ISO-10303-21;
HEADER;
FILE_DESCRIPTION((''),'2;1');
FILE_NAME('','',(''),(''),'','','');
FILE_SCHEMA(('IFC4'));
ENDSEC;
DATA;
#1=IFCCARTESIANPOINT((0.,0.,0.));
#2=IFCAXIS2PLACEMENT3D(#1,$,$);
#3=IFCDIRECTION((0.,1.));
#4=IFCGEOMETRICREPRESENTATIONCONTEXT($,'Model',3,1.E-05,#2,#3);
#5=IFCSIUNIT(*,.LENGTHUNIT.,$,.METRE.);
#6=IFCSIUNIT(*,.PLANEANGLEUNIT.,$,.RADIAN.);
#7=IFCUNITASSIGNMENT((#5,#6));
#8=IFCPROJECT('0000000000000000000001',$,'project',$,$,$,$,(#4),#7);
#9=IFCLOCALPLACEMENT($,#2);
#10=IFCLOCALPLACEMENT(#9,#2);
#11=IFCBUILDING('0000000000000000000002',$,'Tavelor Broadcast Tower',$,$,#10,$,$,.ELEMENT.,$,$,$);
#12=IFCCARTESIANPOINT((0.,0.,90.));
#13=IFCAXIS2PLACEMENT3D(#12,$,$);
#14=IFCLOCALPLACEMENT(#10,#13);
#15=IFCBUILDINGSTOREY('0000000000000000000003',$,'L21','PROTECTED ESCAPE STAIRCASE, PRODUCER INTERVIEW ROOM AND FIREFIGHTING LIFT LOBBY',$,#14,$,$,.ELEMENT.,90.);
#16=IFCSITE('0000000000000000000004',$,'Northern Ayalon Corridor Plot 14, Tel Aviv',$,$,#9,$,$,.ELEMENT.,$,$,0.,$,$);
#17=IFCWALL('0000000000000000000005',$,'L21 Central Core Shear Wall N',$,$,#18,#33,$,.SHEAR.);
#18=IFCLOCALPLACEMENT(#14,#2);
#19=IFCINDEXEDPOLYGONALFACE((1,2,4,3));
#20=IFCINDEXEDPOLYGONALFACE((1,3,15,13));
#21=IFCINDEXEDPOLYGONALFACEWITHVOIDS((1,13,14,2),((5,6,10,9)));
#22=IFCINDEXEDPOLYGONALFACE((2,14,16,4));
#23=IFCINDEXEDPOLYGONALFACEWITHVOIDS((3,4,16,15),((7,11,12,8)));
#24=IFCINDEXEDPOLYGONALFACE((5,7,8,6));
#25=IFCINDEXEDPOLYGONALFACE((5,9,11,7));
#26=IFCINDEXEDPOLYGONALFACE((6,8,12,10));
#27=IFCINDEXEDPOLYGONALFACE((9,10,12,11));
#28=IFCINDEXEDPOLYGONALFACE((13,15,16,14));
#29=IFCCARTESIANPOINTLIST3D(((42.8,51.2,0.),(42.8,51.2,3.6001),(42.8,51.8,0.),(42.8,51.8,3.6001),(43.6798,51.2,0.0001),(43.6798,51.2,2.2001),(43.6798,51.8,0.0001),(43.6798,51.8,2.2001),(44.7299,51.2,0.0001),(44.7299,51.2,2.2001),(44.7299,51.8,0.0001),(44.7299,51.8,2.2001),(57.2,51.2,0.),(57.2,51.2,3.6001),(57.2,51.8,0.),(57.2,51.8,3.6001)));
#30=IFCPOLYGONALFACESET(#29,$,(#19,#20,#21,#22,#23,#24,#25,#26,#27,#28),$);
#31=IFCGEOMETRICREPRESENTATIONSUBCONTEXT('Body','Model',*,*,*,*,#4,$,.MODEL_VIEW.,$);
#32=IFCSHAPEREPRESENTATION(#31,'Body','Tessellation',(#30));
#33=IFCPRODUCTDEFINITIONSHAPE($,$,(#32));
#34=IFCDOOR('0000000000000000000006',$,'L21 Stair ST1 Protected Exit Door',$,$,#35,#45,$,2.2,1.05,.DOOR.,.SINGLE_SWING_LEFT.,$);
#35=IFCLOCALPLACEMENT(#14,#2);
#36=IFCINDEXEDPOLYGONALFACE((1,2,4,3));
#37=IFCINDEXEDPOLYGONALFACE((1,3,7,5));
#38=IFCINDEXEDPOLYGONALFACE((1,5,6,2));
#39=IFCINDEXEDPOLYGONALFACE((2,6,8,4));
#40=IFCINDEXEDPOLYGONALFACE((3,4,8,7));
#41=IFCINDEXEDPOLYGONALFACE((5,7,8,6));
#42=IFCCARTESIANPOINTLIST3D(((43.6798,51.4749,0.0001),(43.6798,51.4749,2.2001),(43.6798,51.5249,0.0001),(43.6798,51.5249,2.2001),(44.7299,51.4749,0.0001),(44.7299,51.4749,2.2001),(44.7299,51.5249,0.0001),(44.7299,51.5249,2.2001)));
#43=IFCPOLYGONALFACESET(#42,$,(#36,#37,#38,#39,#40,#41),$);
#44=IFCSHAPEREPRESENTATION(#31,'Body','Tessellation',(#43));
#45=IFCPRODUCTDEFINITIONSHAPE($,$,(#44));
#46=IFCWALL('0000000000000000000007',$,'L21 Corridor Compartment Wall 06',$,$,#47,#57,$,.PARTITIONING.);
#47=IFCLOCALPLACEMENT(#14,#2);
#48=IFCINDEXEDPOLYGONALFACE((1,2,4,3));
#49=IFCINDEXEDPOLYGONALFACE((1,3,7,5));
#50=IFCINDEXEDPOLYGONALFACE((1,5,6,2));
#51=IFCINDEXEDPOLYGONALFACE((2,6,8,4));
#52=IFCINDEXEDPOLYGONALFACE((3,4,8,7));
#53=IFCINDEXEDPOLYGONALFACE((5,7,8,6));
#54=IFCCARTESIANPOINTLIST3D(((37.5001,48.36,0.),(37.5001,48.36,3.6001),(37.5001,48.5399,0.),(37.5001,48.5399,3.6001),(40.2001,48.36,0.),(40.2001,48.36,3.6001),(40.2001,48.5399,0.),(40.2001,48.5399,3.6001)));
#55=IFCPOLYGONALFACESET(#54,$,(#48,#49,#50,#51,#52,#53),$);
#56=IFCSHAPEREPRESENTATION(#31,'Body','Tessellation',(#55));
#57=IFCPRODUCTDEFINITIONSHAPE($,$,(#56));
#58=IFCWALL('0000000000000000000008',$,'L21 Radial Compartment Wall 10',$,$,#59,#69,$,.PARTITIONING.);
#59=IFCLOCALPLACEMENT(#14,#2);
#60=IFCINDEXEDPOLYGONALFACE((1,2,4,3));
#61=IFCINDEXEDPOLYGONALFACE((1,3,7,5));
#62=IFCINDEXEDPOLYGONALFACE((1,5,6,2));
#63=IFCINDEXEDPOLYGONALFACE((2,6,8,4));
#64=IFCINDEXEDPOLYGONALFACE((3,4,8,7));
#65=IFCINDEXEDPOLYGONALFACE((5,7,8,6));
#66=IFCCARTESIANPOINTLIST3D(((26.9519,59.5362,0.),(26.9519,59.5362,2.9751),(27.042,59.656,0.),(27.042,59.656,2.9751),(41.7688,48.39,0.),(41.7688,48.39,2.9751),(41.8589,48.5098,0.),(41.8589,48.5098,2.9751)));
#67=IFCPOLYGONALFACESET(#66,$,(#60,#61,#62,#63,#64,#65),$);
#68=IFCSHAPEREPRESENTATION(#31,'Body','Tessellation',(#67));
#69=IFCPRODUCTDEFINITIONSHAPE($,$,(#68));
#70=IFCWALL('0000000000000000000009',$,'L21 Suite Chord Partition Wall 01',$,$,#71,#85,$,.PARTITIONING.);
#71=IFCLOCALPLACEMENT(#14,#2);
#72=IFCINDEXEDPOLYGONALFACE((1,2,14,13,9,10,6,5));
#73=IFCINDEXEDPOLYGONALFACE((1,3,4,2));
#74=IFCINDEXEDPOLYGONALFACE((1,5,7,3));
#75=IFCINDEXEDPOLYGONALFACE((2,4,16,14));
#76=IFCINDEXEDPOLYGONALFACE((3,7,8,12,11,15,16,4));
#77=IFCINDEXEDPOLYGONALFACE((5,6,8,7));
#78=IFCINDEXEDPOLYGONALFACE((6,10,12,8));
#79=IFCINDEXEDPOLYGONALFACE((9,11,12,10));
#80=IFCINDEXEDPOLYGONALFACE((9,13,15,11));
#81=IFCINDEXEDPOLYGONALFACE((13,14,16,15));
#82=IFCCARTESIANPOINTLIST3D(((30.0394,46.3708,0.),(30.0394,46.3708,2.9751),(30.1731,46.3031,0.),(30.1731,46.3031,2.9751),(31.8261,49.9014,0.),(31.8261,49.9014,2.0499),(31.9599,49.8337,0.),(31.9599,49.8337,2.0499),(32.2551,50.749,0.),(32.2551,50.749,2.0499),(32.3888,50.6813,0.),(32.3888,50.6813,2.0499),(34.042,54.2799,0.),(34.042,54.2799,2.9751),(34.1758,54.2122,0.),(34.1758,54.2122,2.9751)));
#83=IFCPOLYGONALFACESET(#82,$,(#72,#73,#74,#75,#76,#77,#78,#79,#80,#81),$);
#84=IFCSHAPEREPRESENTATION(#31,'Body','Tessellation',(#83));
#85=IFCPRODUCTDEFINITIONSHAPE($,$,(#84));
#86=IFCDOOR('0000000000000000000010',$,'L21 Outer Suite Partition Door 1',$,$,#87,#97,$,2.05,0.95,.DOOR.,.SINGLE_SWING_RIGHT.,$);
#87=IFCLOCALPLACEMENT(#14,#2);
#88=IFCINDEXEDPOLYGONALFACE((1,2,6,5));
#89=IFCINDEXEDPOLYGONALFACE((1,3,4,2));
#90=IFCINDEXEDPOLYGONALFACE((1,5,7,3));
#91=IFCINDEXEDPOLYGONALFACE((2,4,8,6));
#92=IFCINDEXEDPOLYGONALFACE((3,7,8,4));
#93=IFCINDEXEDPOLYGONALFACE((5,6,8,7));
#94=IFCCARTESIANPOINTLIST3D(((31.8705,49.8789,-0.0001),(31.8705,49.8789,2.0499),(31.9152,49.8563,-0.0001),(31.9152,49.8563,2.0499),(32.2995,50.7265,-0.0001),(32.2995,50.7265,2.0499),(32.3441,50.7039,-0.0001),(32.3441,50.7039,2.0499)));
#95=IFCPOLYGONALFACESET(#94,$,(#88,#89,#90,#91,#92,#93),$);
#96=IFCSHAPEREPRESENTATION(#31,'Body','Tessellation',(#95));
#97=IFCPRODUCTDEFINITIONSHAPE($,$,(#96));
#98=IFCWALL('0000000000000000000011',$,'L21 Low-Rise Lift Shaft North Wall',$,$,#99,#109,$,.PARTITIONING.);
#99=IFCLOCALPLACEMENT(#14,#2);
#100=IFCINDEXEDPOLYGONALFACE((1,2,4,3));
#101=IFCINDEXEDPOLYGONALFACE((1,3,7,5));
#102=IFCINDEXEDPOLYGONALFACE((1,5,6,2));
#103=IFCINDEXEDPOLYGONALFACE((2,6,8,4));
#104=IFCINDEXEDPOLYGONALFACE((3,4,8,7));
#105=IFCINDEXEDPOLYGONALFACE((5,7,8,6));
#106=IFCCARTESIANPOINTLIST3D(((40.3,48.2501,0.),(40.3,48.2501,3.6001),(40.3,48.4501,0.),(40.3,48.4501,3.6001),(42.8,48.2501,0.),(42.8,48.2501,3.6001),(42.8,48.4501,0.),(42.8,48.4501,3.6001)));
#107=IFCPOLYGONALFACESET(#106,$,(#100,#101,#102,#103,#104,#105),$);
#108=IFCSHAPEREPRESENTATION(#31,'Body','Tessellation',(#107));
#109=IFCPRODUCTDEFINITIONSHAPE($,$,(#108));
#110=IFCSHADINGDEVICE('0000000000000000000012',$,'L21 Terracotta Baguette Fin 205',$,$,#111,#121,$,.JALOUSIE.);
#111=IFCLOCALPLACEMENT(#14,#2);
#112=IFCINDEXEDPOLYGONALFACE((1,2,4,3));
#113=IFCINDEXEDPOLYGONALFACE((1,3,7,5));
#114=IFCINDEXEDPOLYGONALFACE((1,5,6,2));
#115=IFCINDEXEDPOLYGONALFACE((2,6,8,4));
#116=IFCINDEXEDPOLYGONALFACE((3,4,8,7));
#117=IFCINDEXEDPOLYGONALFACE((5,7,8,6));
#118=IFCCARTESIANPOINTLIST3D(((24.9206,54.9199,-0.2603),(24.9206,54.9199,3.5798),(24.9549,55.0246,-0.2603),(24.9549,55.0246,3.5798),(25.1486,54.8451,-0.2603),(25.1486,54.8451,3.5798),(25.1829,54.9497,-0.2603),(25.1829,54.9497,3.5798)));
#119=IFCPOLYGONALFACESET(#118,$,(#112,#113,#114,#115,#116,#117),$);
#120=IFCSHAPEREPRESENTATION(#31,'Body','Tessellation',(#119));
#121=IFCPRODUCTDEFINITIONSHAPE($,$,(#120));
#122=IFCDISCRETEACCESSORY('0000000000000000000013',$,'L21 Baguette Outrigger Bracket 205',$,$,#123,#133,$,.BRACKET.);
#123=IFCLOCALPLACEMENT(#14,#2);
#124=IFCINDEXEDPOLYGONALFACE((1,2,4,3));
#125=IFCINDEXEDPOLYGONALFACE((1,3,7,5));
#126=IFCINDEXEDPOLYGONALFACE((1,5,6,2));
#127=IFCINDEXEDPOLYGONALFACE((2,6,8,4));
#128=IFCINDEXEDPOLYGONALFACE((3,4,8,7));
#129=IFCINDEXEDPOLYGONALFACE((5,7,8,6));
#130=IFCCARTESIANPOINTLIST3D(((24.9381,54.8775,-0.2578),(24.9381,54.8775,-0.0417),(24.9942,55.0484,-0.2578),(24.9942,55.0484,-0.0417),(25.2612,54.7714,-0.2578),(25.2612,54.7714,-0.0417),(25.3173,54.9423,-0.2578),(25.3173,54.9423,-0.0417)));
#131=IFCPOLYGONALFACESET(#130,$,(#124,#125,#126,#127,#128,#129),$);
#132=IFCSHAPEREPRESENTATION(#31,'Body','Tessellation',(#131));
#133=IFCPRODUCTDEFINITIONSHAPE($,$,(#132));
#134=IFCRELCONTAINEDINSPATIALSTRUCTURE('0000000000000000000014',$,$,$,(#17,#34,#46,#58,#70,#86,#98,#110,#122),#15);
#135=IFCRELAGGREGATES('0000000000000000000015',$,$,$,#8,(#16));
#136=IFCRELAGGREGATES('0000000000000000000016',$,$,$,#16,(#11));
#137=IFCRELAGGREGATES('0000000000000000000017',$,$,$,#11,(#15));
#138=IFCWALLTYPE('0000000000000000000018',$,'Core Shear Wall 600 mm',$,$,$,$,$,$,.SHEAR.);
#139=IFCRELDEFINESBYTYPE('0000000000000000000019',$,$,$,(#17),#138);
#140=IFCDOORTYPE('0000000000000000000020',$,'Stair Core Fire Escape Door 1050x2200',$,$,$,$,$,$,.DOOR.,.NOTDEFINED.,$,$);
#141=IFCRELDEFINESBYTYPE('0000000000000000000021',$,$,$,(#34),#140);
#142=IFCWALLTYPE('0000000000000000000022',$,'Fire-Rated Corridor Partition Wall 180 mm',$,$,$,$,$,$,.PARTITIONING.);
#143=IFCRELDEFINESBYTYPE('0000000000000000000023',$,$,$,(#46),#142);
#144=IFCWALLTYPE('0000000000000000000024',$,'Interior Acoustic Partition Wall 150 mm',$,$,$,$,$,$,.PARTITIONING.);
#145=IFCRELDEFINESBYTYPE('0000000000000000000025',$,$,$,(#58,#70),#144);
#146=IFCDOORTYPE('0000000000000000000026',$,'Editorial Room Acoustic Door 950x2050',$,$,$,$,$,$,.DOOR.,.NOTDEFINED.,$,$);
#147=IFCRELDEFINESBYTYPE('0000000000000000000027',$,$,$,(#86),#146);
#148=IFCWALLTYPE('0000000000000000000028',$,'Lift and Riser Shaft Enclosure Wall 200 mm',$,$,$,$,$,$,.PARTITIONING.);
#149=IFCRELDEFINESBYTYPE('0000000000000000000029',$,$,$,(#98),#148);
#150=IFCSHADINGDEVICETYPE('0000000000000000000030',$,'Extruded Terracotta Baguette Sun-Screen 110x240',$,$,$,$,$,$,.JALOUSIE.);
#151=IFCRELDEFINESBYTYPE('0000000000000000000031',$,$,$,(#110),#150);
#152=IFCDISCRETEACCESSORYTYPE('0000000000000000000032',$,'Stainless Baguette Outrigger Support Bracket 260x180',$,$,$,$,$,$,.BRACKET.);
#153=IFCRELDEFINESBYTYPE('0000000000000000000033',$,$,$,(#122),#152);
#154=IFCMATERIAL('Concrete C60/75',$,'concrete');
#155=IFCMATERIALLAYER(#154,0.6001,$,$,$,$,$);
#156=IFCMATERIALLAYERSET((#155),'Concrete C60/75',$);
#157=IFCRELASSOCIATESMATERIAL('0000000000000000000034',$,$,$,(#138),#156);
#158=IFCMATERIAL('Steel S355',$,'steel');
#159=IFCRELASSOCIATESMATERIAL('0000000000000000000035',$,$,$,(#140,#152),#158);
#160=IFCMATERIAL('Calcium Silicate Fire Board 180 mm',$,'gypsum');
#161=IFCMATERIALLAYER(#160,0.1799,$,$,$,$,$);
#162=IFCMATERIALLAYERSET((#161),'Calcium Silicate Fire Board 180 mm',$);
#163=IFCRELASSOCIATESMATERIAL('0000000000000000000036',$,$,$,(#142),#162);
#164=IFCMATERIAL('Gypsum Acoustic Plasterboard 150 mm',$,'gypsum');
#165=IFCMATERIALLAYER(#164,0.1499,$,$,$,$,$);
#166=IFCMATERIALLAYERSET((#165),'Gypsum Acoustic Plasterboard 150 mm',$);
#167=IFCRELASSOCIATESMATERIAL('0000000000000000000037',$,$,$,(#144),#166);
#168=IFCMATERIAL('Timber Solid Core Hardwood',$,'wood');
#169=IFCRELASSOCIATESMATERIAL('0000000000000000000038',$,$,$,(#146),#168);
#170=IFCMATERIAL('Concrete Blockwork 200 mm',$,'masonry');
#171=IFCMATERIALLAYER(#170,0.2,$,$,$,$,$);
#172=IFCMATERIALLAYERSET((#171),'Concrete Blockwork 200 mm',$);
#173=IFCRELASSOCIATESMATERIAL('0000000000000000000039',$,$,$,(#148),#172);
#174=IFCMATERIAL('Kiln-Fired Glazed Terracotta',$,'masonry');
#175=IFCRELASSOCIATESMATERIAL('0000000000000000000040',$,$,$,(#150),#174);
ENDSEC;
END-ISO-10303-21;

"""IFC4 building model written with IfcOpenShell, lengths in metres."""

from ifc_helpers import new_model, si_unit, direction, frame, frame_2d, origin, origin_2d, place, context, subcontext, project, spatial, rectangle, extrude, source, transform, mapped, material, layer, layer_set, type_object, type_shapes, element, fill, save


model = new_model("IFC4")

# Units and contexts
model_context = context("Model", 3, precision=1e-05, world=origin(), true_north=direction((0.0, 1.0)))
body_context = subcontext(model_context, "Body", "Model", "MODEL_VIEW")
ifc_project = project(units=[si_unit("LENGTHUNIT", "METRE"), si_unit("PLANEANGLEUNIT", "RADIAN")], contexts=[model_context])

# Site, building, storey
site_placement = place(None, origin())
site = spatial("IfcSite", under=ifc_project, at=site_placement, Name="Northern Ayalon Corridor Plot 14, Tel Aviv", CompositionType="ELEMENT", RefElevation=0.0)
building_placement = place(site_placement, origin())
building = spatial("IfcBuilding", under=site, at=building_placement, Name="Tavelor Broadcast Tower", CompositionType="ELEMENT")
storey_placement = place(building_placement, frame((0.0, 0.0, 90.0)))
storey = spatial("IfcBuildingStorey", under=building, at=storey_placement, Name="L21", Description="PROTECTED ESCAPE STAIRCASE, PRODUCER INTERVIEW ROOM AND FIREFIGHTING LIFT LOBBY", CompositionType="ELEMENT", Elevation=90.0)

# Shared definitions
ifc_material_1 = material(Name="Steel S355", Category="steel")

# Wall, opening, door
ifc_material_2 = material(Name="Concrete C60/75", Category="concrete")
ifc_layer_1 = layer(ifc_material_2, 0.6001)
ifc_layer_set_1 = layer_set([ifc_layer_1], Name="Concrete C60/75")
wall_type_1 = type_object("IfcWallType", Name="Core Shear Wall 600 mm", PredefinedType="SHEAR", material=ifc_layer_set_1)
wall_1_placement = place(storey_placement, frame((42.8, 51.5, 0.0), z_axis=(0.0, 0.0, 1.0), x_axis=(1.0, 0.0, 0.0)))
wall_1 = element("IfcWall", 1, at=wall_1_placement, inside=storey, type_object=wall_type_1, Name="L21 Central Core Shear Wall N", PredefinedType="SHEAR", context=body_context, shape_type="SweptSolid", body=[
    extrude(rectangle(XDim=14.3999, YDim=0.6001, at=frame_2d((7.2, 0.0))), origin(), (0.0, 0.0, 1.0), 3.6001),
])
opening_1_placement = place(wall_1_placement, frame((0.8799, 0.0, 0.0)))
opening_1 = element("IfcOpeningElement", 2, at=opening_1_placement, cuts=wall_1, PredefinedType="OPENING", context=body_context, shape_type="SweptSolid", body=[
    extrude(rectangle(XDim=1.05, YDim=2.2, at=frame_2d((0.5249, 1.1001))), frame((0.0, 0.3101, 0.0), z_axis=(0.0, -1.0, 0.0), x_axis=(1.0, 0.0, 0.0)), (0.0, 0.0, 1.0), 0.6201),
])
door_type_1 = type_object("IfcDoorType", Name="Stair Core Fire Escape Door 1050x2200", OperationType="NOTDEFINED", PredefinedType="DOOR", material=ifc_material_1)
door_1_placement = place(opening_1_placement, origin())
door_1 = element("IfcDoor", 3, at=door_1_placement, inside=storey, type_object=door_type_1, Name="L21 Stair ST1 Protected Exit Door", OperationType="SINGLE_SWING_LEFT", OverallHeight=2.2, OverallWidth=1.05, PredefinedType="DOOR", context=body_context, shape_type="SweptSolid", body=[
    extrude(rectangle(XDim=1.05, YDim=2.2, at=frame_2d((0.5249, 1.1001))), frame((0.0, 0.0249, 0.0), z_axis=(0.0, -1.0, 0.0), x_axis=(1.0, 0.0, 0.0)), (0.0, 0.0, 1.0), 0.05),
])
fill(opening_1, door_1)

# Walls
ifc_material_3 = material(Name="Calcium Silicate Fire Board 180 mm", Category="gypsum")
ifc_layer_2 = layer(ifc_material_3, 0.1799)
ifc_layer_set_2 = layer_set([ifc_layer_2], Name="Calcium Silicate Fire Board 180 mm")
wall_type_2 = type_object("IfcWallType", Name="Fire-Rated Corridor Partition Wall 180 mm", PredefinedType="PARTITIONING", material=ifc_layer_set_2)
wall_2_placement = place(storey_placement, frame((37.5, 48.45, 0.0), z_axis=(0.0, 0.0, 1.0), x_axis=(1.0, 0.0, 0.0)))
element("IfcWall", 4, at=wall_2_placement, inside=storey, type_object=wall_type_2, Name="L21 Corridor Compartment Wall 06", PredefinedType="PARTITIONING", context=body_context, shape_type="SweptSolid", body=[
    extrude(rectangle(XDim=2.7, YDim=0.1799, at=frame_2d((1.3501, 0.0))), origin(), (0.0, 0.0, 1.0), 3.6001),
])
ifc_material_4 = material(Name="Gypsum Acoustic Plasterboard 150 mm", Category="gypsum")
ifc_layer_3 = layer(ifc_material_4, 0.1499)
ifc_layer_set_3 = layer_set([ifc_layer_3], Name="Gypsum Acoustic Plasterboard 150 mm")
wall_type_3 = type_object("IfcWallType", Name="Interior Acoustic Partition Wall 150 mm", PredefinedType="PARTITIONING", material=ifc_layer_set_3)
wall_3_placement = place(storey_placement, frame((41.8137, 48.45, 0.0), z_axis=(0.0, 0.0, 1.0), x_axis=(-0.79913, 0.601158, 0.0)))
element("IfcWall", 5, at=wall_3_placement, inside=storey, type_object=wall_type_3, Name="L21 Radial Compartment Wall 10", PredefinedType="PARTITIONING", context=body_context, shape_type="SweptSolid", body=[
    extrude(rectangle(XDim=18.5413, YDim=0.1499, at=frame_2d((9.2705, 0.0))), origin(), (0.0, 0.0, 1.0), 2.9751),
])

# Wall, opening, door
wall_4_placement = place(storey_placement, frame((34.1089, 54.2461, 0.0), z_axis=(0.0, 0.0, 1.0), x_axis=(-0.451549, -0.892246, 0.0)))
wall_4 = element("IfcWall", 6, at=wall_4_placement, inside=storey, type_object=wall_type_3, Name="L21 Suite Chord Partition Wall 01", PredefinedType="PARTITIONING", context=body_context, shape_type="SweptSolid", body=[
    extrude(rectangle(XDim=8.8643, YDim=0.1499, at=frame_2d((4.4321, 0.0))), origin(), (0.0, 0.0, 1.0), 2.9751),
])
opening_2_placement = place(wall_4_placement, frame((3.9573, 0.0, 0.0)))
opening_2 = element("IfcOpeningElement", 7, at=opening_2_placement, cuts=wall_4, PredefinedType="OPENING", context=body_context, shape_type="SweptSolid", body=[
    extrude(rectangle(XDim=0.95, YDim=2.05, at=frame_2d((0.4751, 1.0249))), frame((0.0, 0.085, 0.0), z_axis=(0.0, -1.0, 0.0), x_axis=(1.0, 0.0, 0.0)), (0.0, 0.0, 1.0), 0.1699),
])
ifc_material_5 = material(Name="Timber Solid Core Hardwood", Category="wood")
door_type_2 = type_object("IfcDoorType", Name="Editorial Room Acoustic Door 950x2050", OperationType="NOTDEFINED", PredefinedType="DOOR", material=ifc_material_5)
door_2_placement = place(opening_2_placement, origin())
door_2 = element("IfcDoor", 8, at=door_2_placement, inside=storey, type_object=door_type_2, Name="L21 Outer Suite Partition Door 1", OperationType="SINGLE_SWING_RIGHT", OverallHeight=2.05, OverallWidth=0.95, PredefinedType="DOOR", context=body_context, shape_type="SweptSolid", body=[
    extrude(rectangle(XDim=0.95, YDim=2.05, at=frame_2d((0.4751, 1.0249))), frame((0.0, 0.0249, 0.0), z_axis=(0.0, -1.0, 0.0), x_axis=(1.0, 0.0, 0.0)), (0.0, 0.0, 1.0), 0.05),
])
fill(opening_2, door_2)

# Wall
ifc_material_6 = material(Name="Concrete Blockwork 200 mm", Category="masonry")
ifc_layer_4 = layer(ifc_material_6, 0.2)
ifc_layer_set_4 = layer_set([ifc_layer_4], Name="Concrete Blockwork 200 mm")
wall_type_4 = type_object("IfcWallType", Name="Lift and Riser Shaft Enclosure Wall 200 mm", PredefinedType="PARTITIONING", material=ifc_layer_set_4)
wall_5_placement = place(storey_placement, frame((40.3, 48.3501, 0.0), z_axis=(0.0, 0.0, 1.0), x_axis=(1.0, 0.0, 0.0)))
element("IfcWall", 9, at=wall_5_placement, inside=storey, type_object=wall_type_4, Name="L21 Low-Rise Lift Shaft North Wall", PredefinedType="PARTITIONING", context=body_context, shape_type="SweptSolid", body=[
    extrude(rectangle(XDim=2.5, YDim=0.2, at=frame_2d((1.25, 0.0))), origin(), (0.0, 0.0, 1.0), 3.6001),
])

# Shading device
ifc_material_7 = material(Name="Kiln-Fired Glazed Terracotta", Category="masonry")
shading_device_type = type_object("IfcShadingDeviceType", Name="Extruded Terracotta Baguette Sun-Screen 110x240", PredefinedType="JALOUSIE", material=ifc_material_7)
shared_shape_1 = source(origin(), body_context, "Body", "SweptSolid", [
    extrude(rectangle(XDim=0.1101, YDim=0.24, at=origin_2d()), origin(), (0.0, 0.0, 1.0), 3.8401),
])
type_shapes(shading_device_type, [shared_shape_1])
shading_device_placement = place(storey_placement, frame((25.0518, 54.9348, -0.2603), z_axis=(0.0, 0.0, 1.0), x_axis=(-0.312003, -0.950081, 0.0)))
element("IfcShadingDevice", 10, at=shading_device_placement, inside=storey, type_object=shading_device_type, Name="L21 Terracotta Baguette Fin 205", PredefinedType="JALOUSIE", context=body_context, shape_type="MappedRepresentation", body=[
    mapped(shared_shape_1, transform((0.0, 0.0, 0.0), scale=1.0)),
])

# Discrete accessory
discrete_accessory_type = type_object("IfcDiscreteAccessoryType", Name="Stainless Baguette Outrigger Support Bracket 260x180", PredefinedType="BRACKET", material=ifc_material_1)
shared_shape_2 = source(origin(), body_context, "Body", "SweptSolid", [
    extrude(rectangle(XDim=0.1799, YDim=0.3401, at=origin_2d()), origin(), (0.0, 0.0, 1.0), 0.2161),
])
type_shapes(discrete_accessory_type, [shared_shape_2])
discrete_accessory_placement = place(storey_placement, frame((25.1277, 54.9099, -0.2578), z_axis=(0.0, 0.0, 1.0), x_axis=(-0.312003, -0.950081, 0.0)))
element("IfcDiscreteAccessory", 11, at=discrete_accessory_placement, inside=storey, type_object=discrete_accessory_type, Name="L21 Baguette Outrigger Bracket 205", PredefinedType="BRACKET", context=body_context, shape_type="MappedRepresentation", body=[
    mapped(shared_shape_2, transform((0.0, 0.0, 0.0), scale=1.0)),
])

save(model, "model.ifc")
